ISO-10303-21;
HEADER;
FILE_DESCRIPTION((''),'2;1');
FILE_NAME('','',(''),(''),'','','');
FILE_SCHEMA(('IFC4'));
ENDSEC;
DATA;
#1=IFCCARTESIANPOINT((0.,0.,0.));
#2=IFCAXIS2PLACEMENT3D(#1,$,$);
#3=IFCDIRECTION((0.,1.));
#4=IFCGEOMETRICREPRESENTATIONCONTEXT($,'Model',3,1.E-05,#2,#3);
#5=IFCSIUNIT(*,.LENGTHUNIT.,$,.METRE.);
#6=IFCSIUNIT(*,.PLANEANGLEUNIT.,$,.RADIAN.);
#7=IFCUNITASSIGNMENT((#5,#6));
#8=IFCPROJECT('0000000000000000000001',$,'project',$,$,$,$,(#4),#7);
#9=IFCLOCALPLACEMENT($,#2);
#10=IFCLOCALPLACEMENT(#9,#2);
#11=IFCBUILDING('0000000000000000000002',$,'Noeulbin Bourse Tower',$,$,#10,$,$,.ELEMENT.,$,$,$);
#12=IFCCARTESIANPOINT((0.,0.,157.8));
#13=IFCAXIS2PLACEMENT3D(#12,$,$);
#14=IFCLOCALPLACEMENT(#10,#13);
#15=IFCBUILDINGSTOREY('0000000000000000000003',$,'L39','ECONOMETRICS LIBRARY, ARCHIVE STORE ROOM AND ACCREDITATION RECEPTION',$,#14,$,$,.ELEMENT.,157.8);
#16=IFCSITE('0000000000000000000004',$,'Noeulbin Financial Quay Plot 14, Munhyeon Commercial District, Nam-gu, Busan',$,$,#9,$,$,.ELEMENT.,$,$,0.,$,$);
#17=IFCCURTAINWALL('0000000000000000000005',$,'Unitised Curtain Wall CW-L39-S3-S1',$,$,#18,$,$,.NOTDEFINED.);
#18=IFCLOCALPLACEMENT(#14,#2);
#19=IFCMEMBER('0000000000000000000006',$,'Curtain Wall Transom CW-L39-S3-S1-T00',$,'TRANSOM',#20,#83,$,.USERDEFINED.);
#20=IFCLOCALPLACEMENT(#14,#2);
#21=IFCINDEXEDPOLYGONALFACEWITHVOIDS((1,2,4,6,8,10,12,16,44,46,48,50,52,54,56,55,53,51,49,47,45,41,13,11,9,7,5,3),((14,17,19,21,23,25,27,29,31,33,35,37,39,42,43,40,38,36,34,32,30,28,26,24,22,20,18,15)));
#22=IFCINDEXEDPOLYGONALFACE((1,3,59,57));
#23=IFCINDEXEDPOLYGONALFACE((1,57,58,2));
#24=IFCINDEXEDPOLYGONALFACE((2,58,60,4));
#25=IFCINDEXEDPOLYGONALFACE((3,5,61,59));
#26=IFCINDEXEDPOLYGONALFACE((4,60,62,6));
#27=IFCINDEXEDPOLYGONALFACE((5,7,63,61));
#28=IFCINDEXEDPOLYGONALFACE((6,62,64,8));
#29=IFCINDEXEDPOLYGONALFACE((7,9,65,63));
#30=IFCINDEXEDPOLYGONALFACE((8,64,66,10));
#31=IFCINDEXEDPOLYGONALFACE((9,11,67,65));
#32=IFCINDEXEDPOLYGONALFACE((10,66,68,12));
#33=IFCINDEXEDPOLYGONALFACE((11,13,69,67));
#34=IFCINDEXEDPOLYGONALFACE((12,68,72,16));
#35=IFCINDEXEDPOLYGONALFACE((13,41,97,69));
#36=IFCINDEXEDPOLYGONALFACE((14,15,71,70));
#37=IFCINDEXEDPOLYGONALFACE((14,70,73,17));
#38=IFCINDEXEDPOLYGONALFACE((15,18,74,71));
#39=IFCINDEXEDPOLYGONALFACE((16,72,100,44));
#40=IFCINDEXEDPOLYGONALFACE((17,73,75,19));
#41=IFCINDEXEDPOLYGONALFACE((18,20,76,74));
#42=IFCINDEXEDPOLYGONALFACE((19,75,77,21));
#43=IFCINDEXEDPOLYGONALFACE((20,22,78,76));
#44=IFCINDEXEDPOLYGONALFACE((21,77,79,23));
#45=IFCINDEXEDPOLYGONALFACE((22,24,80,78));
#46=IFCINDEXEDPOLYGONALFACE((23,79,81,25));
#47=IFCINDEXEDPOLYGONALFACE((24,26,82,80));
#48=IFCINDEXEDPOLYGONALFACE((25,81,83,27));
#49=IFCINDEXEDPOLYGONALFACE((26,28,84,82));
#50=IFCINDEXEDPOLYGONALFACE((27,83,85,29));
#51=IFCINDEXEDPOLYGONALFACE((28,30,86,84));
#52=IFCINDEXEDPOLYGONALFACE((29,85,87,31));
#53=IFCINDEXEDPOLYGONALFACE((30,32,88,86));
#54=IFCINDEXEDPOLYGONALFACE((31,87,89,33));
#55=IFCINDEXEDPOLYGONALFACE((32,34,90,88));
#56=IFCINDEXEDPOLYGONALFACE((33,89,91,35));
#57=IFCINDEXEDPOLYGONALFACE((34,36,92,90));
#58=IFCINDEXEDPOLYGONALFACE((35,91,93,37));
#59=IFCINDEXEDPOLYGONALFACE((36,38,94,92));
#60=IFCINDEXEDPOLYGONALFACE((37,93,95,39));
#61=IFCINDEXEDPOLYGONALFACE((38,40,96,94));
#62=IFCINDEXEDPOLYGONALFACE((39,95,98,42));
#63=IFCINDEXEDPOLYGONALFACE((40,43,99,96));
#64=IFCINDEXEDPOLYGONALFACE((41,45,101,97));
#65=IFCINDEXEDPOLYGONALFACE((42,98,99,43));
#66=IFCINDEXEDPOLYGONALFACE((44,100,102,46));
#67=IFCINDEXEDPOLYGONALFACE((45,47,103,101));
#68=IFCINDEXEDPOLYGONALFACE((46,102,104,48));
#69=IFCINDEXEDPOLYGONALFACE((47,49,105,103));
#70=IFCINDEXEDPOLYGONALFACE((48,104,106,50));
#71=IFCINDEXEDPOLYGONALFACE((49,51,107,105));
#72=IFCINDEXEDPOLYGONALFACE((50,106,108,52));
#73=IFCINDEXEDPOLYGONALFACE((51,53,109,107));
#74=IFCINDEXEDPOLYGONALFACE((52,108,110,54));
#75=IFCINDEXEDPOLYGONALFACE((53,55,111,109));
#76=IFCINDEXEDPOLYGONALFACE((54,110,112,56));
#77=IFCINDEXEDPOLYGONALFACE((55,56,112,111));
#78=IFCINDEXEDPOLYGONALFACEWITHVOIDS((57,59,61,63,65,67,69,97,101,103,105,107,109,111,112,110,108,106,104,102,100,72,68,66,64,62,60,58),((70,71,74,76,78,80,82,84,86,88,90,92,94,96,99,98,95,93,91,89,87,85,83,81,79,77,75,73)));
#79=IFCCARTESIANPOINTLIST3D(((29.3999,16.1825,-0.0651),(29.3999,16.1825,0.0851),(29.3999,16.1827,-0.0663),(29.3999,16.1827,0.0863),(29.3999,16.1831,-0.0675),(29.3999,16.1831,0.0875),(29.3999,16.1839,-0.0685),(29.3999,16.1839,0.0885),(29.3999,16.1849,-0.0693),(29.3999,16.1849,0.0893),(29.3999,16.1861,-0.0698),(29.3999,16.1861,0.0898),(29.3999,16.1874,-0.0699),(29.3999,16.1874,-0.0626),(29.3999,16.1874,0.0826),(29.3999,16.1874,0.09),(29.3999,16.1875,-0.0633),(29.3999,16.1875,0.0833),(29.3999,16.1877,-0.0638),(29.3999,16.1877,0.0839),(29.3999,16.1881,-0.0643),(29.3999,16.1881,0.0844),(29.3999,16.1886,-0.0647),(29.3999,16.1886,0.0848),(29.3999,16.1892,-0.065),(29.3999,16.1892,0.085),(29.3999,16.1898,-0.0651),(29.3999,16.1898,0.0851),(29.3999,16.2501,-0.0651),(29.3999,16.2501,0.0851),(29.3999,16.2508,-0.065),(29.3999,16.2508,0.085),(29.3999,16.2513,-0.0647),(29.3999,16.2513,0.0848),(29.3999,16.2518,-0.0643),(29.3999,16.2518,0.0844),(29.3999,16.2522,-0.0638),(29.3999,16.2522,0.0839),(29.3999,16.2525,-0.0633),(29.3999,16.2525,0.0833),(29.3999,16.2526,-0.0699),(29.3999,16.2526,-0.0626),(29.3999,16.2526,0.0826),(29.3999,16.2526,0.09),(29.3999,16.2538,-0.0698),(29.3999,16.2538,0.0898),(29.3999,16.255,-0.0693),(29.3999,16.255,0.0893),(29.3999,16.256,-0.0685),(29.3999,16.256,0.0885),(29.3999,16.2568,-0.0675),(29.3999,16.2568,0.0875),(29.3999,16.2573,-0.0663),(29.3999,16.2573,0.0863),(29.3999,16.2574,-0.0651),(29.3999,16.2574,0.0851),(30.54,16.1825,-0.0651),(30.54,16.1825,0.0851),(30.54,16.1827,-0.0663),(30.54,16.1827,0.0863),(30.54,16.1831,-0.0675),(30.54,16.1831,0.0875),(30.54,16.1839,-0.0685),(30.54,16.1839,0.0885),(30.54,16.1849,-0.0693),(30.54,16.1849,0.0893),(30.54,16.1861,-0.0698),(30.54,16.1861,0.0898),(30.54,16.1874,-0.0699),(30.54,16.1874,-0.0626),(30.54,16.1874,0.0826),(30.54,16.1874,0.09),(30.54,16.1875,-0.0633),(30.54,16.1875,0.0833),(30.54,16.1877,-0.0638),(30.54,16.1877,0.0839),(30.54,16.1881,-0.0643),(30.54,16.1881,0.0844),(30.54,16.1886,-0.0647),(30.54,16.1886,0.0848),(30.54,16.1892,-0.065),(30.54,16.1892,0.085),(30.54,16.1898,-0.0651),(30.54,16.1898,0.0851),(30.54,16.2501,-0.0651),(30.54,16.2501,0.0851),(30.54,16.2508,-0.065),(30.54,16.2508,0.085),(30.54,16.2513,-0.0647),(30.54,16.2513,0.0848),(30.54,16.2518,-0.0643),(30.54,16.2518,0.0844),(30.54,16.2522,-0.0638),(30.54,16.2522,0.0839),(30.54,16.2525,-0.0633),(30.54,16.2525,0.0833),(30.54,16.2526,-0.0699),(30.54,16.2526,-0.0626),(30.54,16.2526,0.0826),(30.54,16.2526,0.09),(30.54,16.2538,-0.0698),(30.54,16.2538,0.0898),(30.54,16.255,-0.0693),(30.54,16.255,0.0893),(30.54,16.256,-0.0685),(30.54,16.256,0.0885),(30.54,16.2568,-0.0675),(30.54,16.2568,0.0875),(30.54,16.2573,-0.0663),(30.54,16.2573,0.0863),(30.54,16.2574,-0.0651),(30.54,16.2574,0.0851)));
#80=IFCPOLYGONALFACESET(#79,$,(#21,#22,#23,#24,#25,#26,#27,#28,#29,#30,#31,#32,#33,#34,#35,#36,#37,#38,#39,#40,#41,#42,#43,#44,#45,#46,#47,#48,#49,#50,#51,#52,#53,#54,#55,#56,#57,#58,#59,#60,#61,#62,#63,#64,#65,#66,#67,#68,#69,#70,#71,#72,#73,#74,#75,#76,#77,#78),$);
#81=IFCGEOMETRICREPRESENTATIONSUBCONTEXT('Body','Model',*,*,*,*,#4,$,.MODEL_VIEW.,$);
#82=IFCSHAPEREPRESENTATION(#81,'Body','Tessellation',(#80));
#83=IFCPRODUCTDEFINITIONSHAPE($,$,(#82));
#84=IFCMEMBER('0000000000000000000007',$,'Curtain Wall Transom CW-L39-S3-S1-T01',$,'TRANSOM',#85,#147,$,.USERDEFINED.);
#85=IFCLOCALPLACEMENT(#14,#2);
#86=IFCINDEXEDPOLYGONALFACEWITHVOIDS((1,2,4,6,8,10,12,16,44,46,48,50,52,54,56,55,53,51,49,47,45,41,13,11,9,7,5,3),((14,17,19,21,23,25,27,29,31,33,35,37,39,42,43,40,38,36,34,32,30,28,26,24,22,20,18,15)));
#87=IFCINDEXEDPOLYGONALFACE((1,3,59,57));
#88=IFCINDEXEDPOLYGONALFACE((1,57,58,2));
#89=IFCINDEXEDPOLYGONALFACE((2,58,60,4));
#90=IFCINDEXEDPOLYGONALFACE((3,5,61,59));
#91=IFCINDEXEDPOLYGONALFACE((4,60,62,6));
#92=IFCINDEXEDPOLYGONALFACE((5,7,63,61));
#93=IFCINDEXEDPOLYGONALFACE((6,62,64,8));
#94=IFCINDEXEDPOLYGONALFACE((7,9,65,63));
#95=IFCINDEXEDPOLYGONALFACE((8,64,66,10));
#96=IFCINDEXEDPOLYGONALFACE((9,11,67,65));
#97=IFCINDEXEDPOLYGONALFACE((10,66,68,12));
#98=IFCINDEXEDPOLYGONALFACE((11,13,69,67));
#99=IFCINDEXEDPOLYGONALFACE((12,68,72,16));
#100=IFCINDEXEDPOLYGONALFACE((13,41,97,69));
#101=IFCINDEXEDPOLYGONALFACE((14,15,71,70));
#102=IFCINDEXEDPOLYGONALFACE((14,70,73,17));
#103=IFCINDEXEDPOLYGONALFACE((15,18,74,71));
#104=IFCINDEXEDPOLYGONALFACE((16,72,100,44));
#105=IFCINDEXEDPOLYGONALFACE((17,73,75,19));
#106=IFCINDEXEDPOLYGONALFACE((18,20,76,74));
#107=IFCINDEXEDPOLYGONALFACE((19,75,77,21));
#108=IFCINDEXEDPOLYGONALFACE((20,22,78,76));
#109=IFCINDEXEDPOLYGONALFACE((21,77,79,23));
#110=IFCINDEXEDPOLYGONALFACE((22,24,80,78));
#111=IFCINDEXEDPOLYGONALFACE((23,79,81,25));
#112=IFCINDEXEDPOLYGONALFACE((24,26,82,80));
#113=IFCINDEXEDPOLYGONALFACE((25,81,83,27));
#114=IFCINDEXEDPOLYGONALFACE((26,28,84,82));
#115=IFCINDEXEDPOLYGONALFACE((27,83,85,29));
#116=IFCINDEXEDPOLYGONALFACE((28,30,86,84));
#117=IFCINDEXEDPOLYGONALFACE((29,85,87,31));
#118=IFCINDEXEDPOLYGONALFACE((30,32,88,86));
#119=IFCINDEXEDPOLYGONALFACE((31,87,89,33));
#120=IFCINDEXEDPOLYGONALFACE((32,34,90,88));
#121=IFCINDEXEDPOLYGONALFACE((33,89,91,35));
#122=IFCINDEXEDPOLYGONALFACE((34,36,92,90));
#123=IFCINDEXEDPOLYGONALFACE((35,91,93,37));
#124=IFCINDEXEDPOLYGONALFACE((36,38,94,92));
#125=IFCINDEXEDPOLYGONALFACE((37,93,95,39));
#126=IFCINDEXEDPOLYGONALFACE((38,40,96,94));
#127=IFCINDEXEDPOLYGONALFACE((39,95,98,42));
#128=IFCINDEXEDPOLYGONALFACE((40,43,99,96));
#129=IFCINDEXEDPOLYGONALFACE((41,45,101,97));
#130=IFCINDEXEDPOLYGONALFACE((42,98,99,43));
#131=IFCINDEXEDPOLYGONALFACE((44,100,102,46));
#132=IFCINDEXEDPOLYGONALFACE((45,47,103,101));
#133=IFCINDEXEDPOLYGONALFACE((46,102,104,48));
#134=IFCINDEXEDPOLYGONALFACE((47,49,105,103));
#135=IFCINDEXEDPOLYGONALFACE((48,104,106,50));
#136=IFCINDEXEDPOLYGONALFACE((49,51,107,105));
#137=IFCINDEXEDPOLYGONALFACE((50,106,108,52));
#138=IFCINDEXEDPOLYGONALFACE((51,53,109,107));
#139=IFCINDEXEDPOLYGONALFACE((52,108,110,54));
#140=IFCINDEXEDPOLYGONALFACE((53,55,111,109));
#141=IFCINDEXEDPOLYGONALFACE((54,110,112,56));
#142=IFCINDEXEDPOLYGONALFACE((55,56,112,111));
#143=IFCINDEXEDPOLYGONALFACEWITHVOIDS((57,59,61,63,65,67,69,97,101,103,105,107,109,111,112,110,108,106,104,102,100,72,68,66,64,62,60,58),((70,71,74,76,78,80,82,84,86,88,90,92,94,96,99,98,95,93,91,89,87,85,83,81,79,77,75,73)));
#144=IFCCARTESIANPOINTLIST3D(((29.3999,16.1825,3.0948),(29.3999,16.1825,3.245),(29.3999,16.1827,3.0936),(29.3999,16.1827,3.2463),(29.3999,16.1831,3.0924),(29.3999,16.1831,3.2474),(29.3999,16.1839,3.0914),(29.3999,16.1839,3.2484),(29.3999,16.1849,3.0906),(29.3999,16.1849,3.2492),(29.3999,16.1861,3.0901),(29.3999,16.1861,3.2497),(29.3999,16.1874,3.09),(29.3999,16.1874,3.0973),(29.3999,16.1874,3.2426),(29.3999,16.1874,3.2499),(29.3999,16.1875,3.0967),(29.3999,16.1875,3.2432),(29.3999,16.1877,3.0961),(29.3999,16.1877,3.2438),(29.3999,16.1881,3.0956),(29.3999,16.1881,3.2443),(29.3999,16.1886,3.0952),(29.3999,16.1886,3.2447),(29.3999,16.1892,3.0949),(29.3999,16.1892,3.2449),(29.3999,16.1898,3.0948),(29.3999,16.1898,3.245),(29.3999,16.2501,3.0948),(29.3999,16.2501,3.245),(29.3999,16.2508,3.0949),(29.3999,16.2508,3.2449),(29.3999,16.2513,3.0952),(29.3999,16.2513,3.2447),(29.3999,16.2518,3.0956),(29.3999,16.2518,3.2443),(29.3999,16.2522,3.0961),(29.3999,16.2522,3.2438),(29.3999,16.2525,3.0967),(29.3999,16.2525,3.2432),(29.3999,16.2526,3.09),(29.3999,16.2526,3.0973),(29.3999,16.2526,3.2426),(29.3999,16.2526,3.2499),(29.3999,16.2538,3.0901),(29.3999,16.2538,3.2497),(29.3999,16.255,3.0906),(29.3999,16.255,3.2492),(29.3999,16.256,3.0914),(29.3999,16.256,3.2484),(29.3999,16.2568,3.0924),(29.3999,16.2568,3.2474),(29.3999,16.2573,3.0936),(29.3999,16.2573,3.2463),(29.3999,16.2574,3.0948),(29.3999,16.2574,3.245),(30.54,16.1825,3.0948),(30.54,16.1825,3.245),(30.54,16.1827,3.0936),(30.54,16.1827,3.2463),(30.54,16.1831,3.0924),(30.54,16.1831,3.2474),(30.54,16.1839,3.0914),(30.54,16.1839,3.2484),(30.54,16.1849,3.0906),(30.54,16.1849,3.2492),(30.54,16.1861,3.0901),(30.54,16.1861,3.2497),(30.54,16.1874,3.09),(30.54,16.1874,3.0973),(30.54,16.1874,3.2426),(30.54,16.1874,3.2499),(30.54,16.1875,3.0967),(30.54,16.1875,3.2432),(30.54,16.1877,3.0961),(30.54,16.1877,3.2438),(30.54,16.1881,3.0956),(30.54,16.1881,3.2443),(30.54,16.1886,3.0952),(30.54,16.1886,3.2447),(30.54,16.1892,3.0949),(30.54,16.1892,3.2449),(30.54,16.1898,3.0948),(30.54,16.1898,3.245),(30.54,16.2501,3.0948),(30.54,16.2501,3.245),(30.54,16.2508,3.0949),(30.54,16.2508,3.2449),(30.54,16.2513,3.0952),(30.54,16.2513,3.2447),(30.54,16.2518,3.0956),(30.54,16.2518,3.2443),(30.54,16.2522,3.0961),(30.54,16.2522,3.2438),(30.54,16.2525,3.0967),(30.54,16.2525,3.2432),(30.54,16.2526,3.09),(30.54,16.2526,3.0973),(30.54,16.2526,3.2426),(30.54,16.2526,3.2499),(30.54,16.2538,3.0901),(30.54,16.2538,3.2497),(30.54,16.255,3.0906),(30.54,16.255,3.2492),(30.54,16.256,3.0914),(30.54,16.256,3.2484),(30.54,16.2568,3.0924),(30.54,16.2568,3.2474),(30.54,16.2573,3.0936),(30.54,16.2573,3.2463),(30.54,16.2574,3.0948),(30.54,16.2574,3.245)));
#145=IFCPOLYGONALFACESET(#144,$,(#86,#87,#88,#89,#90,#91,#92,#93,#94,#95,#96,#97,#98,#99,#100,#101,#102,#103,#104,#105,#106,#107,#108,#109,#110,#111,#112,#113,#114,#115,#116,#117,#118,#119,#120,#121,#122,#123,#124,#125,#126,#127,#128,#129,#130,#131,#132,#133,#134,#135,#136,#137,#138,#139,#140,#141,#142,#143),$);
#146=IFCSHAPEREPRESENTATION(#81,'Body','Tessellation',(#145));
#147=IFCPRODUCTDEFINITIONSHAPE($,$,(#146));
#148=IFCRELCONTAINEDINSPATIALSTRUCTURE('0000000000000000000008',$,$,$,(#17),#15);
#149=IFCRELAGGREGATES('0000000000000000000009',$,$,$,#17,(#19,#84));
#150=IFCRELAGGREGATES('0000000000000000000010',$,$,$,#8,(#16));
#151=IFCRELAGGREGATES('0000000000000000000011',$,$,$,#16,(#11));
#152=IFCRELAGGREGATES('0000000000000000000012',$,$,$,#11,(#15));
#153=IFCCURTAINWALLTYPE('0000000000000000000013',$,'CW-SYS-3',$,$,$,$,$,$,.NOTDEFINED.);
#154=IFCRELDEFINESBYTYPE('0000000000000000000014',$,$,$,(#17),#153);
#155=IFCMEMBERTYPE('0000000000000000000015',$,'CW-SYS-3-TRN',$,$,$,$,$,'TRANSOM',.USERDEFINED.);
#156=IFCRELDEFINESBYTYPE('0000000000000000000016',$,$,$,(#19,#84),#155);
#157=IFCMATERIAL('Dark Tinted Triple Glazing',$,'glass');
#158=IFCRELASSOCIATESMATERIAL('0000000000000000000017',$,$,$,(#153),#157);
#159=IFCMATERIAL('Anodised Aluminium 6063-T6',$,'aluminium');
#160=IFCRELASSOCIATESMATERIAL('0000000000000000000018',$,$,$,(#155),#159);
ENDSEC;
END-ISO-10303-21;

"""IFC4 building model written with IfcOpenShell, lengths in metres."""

from ifc_helpers import new_model, si_unit, direction, frame, origin, origin_2d, place, context, subcontext, project, spatial, hollow_rectangle, extrude, material, material_profile, profile_set, type_object, element, aggregate, save


model = new_model("IFC4")

# Units and contexts
model_context = context("Model", 3, precision=1e-05, world=origin(), true_north=direction((0.0, 1.0)))
body_context = subcontext(model_context, "Body", "Model", "MODEL_VIEW")
ifc_project = project(units=[si_unit("LENGTHUNIT", "METRE"), si_unit("PLANEANGLEUNIT", "RADIAN")], contexts=[model_context])

# Site, building, storey
site_placement = place(None, origin())
site = spatial("IfcSite", under=ifc_project, at=site_placement, Name="Noeulbin Financial Quay Plot 14, Munhyeon Commercial District, Nam-gu, Busan", CompositionType="ELEMENT", RefElevation=0.0)
building_placement = place(site_placement, origin())
building = spatial("IfcBuilding", under=site, at=building_placement, Name="Noeulbin Bourse Tower", CompositionType="ELEMENT")
storey_placement = place(building_placement, frame((0.0, 0.0, 157.8)))
storey = spatial("IfcBuildingStorey", under=building, at=storey_placement, Name="L39", Description="ECONOMETRICS LIBRARY, ARCHIVE STORE ROOM AND ACCREDITATION RECEPTION", CompositionType="ELEMENT", Elevation=157.8)

# Curtain wall
ifc_material_1 = material(Name="Dark Tinted Triple Glazing", Category="glass")
curtain_wall_type = type_object("IfcCurtainWallType", Name="CW-SYS-3", PredefinedType="NOTDEFINED", material=ifc_material_1)
curtain_wall_1_placement = place(storey_placement, origin())
curtain_wall_1 = element("IfcCurtainWall", 1, at=curtain_wall_1_placement, inside=storey, type_object=curtain_wall_type, Name="Unitised Curtain Wall CW-L39-S3-S1", PredefinedType="NOTDEFINED")
ifc_material_2 = material(Name="Anodised Aluminium 6063-T6", Category="aluminium")

# Members
ifc_material_profile_1 = material_profile(ifc_material_2, hollow_rectangle(XDim=0.075, YDim=0.1599, WallThickness=0.0049, InnerFilletRadius=0.0024, OuterFilletRadius=0.0049, at=origin_2d()), Name="ALU-TRAN-75x160x5", Category="LoadBearing")
ifc_profile_set_1 = profile_set([ifc_material_profile_1], Name="Anodised Aluminium 6063-T6")
member_type_1 = type_object("IfcMemberType", Name="CW-SYS-3-TRN", ElementType="TRANSOM", PredefinedType="USERDEFINED", material=ifc_profile_set_1)
member_1_placement = place(storey_placement, frame((29.3999, 16.22, 0.01), z_axis=(1.0, 0.0, 0.0), x_axis=(0.0, 1.0, 0.0)))
member_1 = element("IfcMember", 2, at=member_1_placement, type_object=member_type_1, Name="Curtain Wall Transom CW-L39-S3-S1-T00", ObjectType="TRANSOM", PredefinedType="USERDEFINED", context=body_context, shape_type="SweptSolid", body=[
    extrude(hollow_rectangle(XDim=0.075, YDim=0.1599, WallThickness=0.0049, InnerFilletRadius=0.0024, OuterFilletRadius=0.0049, at=origin_2d()), origin(), (0.0, 0.0, 1.0), 1.1401),
])
member_2_placement = place(storey_placement, frame((29.3999, 16.22, 3.1699), z_axis=(1.0, 0.0, 0.0), x_axis=(0.0, 1.0, 0.0)))
member_2 = element("IfcMember", 3, at=member_2_placement, type_object=member_type_1, Name="Curtain Wall Transom CW-L39-S3-S1-T01", ObjectType="TRANSOM", PredefinedType="USERDEFINED", context=body_context, shape_type="SweptSolid", body=[
    extrude(hollow_rectangle(XDim=0.075, YDim=0.1599, WallThickness=0.0049, InnerFilletRadius=0.0024, OuterFilletRadius=0.0049, at=origin_2d()), origin(), (0.0, 0.0, 1.0), 1.1401),
])

aggregate(curtain_wall_1, [member_1, member_2])

save(model, "model.ifc")
